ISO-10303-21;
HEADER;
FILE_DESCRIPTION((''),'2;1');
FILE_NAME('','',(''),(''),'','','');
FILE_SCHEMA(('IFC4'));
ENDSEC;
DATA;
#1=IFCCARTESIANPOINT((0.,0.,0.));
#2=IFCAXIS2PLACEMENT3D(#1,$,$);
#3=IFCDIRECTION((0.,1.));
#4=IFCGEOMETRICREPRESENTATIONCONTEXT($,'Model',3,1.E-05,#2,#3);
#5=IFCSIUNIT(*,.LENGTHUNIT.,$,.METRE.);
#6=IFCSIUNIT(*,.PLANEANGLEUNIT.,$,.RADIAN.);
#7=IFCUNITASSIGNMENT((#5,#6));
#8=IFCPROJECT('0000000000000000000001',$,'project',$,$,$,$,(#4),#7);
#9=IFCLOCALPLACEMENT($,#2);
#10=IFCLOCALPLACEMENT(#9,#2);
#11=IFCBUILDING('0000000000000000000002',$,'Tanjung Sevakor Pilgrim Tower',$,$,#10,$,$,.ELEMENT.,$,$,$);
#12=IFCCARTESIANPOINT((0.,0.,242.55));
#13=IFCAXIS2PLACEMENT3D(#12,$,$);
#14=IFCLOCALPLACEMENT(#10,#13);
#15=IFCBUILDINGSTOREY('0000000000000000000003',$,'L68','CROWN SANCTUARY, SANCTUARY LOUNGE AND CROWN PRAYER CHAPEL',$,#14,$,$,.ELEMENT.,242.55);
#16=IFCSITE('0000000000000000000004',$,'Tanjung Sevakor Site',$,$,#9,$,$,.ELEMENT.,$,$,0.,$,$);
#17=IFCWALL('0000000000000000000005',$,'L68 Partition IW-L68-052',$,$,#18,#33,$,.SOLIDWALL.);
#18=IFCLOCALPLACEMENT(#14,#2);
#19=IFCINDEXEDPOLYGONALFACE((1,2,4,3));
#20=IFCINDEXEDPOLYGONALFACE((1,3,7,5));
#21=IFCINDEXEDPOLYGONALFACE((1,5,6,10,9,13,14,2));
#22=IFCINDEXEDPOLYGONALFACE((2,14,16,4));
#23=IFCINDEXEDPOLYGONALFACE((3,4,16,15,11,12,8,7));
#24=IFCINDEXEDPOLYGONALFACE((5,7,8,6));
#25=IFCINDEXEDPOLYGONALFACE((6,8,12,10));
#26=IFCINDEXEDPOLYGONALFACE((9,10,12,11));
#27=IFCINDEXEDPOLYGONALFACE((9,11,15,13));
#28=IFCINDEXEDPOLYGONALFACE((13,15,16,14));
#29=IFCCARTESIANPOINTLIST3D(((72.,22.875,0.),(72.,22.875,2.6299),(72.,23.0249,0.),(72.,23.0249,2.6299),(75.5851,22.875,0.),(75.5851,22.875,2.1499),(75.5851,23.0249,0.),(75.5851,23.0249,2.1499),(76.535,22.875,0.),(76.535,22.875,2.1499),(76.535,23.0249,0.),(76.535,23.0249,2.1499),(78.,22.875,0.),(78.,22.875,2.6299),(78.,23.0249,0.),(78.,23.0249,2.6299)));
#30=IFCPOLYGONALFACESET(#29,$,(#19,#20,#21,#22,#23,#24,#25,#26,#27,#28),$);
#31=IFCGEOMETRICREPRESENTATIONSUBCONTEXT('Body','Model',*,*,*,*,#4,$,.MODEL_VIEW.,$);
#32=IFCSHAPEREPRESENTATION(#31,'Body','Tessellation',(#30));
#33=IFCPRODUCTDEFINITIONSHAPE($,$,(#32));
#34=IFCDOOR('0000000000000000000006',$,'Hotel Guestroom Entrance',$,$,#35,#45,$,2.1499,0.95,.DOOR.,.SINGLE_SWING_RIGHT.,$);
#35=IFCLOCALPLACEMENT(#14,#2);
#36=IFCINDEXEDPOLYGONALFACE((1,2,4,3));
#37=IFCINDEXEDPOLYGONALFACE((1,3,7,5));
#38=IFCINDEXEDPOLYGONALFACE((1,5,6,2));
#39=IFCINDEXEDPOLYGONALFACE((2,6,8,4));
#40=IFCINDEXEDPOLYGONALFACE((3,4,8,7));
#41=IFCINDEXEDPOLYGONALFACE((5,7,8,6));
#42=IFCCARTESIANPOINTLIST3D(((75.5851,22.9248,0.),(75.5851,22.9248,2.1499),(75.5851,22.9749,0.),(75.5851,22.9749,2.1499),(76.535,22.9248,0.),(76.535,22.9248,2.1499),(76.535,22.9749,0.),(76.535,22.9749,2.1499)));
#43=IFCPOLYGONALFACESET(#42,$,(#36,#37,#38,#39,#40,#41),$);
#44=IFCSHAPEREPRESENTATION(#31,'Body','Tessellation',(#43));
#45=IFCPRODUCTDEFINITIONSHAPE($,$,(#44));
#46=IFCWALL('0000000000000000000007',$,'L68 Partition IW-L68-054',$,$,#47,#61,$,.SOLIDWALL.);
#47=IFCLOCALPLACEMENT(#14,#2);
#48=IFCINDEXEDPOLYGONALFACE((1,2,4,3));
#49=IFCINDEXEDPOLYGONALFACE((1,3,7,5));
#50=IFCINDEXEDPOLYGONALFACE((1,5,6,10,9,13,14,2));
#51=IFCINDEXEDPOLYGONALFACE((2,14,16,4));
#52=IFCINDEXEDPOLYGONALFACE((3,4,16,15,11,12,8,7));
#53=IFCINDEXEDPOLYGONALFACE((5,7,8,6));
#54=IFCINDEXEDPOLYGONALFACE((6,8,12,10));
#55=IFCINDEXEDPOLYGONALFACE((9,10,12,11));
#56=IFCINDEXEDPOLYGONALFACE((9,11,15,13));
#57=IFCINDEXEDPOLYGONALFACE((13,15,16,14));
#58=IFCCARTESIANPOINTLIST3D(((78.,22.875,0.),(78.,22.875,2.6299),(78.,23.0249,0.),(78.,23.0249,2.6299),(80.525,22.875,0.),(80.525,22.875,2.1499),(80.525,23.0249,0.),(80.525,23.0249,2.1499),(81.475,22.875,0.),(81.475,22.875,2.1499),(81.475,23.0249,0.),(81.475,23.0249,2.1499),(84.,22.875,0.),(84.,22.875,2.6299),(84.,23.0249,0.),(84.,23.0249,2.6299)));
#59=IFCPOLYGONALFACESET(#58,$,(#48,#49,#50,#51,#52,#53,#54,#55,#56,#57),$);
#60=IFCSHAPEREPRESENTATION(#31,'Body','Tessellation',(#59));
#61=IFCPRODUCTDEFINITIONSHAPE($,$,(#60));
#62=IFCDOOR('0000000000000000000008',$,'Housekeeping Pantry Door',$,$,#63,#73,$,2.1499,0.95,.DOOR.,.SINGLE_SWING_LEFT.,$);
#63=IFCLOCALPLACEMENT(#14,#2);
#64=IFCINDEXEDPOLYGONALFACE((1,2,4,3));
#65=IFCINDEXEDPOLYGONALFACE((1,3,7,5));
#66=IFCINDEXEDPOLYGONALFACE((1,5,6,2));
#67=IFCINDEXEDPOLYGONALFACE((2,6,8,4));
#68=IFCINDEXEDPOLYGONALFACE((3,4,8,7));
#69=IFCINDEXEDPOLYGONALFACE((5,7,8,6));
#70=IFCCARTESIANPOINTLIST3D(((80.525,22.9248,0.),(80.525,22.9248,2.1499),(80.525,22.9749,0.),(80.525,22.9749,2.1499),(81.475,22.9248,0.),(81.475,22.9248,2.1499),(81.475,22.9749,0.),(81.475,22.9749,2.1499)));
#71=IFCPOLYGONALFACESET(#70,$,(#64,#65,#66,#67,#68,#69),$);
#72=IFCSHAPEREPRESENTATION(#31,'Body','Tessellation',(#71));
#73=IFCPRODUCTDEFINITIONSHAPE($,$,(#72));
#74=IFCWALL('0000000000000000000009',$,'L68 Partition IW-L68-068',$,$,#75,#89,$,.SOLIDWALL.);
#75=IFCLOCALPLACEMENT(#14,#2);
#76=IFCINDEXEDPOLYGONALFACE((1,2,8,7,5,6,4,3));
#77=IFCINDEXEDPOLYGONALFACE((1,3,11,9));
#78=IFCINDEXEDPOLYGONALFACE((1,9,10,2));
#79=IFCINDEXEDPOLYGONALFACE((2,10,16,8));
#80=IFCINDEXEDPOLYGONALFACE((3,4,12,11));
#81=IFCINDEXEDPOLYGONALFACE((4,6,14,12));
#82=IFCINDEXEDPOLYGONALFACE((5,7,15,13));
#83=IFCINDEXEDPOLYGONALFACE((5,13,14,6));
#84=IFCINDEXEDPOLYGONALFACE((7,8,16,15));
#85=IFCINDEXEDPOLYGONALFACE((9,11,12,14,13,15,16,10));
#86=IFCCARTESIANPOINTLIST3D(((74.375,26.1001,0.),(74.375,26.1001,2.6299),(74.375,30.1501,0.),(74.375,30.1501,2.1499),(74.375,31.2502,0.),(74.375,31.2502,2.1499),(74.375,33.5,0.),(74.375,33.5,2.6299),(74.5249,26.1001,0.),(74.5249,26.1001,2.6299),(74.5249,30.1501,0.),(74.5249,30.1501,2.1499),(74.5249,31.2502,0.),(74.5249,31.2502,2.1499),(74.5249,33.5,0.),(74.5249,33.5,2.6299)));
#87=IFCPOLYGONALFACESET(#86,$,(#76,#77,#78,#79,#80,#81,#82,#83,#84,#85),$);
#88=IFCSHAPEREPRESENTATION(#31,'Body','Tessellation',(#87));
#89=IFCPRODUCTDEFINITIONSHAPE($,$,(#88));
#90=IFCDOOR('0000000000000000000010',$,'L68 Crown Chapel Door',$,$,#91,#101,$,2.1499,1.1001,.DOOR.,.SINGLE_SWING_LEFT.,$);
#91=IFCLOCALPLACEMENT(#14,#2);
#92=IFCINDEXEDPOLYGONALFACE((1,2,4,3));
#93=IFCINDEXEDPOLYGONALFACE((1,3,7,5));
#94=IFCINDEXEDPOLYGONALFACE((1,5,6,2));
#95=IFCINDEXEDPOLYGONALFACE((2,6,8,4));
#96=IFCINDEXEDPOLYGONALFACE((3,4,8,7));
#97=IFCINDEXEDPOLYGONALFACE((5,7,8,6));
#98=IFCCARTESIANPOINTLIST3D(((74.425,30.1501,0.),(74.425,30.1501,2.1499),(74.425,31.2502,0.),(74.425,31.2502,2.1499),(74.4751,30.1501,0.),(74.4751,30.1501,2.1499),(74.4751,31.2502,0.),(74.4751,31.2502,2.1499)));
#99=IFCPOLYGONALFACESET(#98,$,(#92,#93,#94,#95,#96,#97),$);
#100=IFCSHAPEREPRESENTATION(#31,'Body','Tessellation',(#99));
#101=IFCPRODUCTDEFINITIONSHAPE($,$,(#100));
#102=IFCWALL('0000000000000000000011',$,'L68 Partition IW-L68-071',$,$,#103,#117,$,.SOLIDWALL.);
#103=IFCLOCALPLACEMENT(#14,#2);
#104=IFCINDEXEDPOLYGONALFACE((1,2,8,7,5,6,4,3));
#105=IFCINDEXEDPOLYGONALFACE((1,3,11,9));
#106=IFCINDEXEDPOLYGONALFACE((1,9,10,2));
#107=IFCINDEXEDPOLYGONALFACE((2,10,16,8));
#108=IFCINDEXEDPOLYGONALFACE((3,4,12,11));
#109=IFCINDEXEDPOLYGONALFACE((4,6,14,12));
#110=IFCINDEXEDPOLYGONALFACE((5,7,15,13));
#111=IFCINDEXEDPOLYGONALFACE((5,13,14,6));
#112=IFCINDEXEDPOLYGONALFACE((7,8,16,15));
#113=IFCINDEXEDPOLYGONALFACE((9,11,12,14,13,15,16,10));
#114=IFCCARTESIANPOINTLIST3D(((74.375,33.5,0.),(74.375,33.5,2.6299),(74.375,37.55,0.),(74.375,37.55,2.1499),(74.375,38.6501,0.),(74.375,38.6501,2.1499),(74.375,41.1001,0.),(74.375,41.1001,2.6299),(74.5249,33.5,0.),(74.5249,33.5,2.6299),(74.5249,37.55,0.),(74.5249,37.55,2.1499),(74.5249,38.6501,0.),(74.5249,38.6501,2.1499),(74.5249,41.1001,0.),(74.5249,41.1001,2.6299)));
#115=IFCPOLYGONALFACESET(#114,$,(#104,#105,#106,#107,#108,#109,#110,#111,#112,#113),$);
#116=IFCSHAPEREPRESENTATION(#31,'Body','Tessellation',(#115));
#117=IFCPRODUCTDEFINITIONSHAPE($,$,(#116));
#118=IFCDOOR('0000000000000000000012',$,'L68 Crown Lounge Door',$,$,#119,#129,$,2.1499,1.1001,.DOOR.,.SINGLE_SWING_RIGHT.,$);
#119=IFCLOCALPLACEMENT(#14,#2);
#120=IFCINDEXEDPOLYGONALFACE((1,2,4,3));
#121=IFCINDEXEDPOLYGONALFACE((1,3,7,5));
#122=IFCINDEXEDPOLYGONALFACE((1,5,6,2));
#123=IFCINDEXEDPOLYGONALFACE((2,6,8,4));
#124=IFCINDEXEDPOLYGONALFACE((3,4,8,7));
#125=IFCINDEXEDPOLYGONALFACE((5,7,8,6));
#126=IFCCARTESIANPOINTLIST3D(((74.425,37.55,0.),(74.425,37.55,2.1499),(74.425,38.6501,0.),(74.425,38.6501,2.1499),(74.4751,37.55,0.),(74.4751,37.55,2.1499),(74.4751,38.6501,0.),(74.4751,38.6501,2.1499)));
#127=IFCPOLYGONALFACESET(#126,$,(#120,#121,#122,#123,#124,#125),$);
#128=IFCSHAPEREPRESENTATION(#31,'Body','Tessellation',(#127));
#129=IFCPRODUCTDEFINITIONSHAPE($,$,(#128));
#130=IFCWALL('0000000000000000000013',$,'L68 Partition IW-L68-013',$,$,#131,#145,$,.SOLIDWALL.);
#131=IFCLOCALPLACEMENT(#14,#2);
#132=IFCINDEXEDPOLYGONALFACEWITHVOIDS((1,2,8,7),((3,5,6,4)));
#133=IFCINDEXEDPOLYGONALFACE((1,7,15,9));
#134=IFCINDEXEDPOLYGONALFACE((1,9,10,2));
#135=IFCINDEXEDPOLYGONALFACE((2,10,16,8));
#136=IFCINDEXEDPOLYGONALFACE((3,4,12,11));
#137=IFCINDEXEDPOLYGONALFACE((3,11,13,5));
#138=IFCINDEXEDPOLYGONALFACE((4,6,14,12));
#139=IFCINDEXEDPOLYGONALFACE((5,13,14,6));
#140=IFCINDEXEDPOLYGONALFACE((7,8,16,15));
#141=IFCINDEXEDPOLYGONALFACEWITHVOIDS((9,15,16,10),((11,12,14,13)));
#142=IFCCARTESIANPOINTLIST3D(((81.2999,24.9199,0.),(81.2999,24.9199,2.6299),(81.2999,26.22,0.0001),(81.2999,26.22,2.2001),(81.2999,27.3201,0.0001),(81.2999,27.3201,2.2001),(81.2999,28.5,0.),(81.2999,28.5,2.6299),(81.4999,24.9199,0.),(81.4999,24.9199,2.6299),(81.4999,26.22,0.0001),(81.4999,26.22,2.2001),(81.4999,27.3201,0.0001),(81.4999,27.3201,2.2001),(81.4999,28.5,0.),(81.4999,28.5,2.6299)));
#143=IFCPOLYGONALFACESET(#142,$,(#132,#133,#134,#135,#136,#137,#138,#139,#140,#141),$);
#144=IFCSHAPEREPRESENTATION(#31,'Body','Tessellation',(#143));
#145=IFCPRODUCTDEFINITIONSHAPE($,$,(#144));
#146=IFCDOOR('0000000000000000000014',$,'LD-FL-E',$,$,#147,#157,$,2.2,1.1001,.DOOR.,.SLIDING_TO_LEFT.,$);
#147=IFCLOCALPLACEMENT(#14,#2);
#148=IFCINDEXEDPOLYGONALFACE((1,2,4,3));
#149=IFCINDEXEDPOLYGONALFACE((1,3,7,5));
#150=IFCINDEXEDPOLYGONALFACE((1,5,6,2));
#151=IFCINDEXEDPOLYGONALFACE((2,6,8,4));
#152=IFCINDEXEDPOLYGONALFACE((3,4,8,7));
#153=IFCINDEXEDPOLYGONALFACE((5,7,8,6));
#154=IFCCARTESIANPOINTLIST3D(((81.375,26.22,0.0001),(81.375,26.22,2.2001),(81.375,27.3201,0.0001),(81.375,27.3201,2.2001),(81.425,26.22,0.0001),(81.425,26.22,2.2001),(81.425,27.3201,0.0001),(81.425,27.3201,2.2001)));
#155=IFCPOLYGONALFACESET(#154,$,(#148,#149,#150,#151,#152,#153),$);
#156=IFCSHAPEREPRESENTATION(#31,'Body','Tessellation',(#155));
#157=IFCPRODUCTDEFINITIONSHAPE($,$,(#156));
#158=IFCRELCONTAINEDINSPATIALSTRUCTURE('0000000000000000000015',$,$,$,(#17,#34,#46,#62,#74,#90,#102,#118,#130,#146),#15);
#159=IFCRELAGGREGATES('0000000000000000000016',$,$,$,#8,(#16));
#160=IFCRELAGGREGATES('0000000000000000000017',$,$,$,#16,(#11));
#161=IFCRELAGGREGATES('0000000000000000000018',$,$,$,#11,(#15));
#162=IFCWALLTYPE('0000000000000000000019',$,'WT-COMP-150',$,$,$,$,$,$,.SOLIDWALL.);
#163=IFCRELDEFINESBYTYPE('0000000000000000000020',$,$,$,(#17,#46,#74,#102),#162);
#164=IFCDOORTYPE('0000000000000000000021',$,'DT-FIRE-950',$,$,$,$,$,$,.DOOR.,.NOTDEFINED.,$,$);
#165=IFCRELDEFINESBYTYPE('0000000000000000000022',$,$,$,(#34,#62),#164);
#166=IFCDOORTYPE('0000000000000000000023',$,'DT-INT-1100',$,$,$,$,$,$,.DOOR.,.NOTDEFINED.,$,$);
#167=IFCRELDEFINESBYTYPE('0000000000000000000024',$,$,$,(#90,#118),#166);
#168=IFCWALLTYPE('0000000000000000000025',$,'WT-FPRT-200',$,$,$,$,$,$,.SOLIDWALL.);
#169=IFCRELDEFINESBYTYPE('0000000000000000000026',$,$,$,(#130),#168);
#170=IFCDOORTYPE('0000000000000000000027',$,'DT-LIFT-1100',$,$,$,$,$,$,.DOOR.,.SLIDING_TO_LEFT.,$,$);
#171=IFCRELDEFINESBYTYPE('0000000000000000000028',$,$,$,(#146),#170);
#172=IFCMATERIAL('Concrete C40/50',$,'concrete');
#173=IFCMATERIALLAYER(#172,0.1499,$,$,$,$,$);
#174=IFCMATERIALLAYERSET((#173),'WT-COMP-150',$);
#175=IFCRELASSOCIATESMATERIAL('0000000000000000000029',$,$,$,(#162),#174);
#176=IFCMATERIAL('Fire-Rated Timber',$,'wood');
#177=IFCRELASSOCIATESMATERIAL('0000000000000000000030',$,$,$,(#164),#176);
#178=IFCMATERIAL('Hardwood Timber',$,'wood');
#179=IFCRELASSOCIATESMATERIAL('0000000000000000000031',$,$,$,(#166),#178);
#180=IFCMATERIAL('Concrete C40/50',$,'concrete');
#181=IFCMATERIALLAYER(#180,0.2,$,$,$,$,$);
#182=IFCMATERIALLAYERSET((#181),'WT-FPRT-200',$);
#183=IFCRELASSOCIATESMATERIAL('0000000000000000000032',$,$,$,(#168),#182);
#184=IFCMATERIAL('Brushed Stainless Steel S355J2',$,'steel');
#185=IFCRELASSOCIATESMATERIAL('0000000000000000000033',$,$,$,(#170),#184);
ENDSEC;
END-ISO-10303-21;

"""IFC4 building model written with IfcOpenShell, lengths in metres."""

from ifc_helpers import new_model, si_unit, direction, frame, frame_2d, origin, place, context, subcontext, project, spatial, rectangle, extrude, material, layer, layer_set, type_object, element, fill, save


model = new_model("IFC4")

# Units and contexts
model_context = context("Model", 3, precision=1e-05, world=origin(), true_north=direction((0.0, 1.0)))
body_context = subcontext(model_context, "Body", "Model", "MODEL_VIEW")
ifc_project = project(units=[si_unit("LENGTHUNIT", "METRE"), si_unit("PLANEANGLEUNIT", "RADIAN")], contexts=[model_context])

# Site, building, storey
site_placement = place(None, origin())
site = spatial("IfcSite", under=ifc_project, at=site_placement, Name="Tanjung Sevakor Site", CompositionType="ELEMENT", RefElevation=0.0)
building_placement = place(site_placement, origin())
building = spatial("IfcBuilding", under=site, at=building_placement, Name="Tanjung Sevakor Pilgrim Tower", CompositionType="ELEMENT")
storey_placement = place(building_placement, frame((0.0, 0.0, 242.55)))
storey = spatial("IfcBuildingStorey", under=building, at=storey_placement, Name="L68", Description="CROWN SANCTUARY, SANCTUARY LOUNGE AND CROWN PRAYER CHAPEL", CompositionType="ELEMENT", Elevation=242.55)

# Walls, openings, doors
ifc_material_1 = material(Name="Concrete C40/50", Category="concrete")
ifc_layer_1 = layer(ifc_material_1, 0.1499)
ifc_layer_set_1 = layer_set([ifc_layer_1], Name="WT-COMP-150")
wall_type_1 = type_object("IfcWallType", Name="WT-COMP-150", PredefinedType="SOLIDWALL", material=ifc_layer_set_1)
ifc_material_2 = material(Name="Fire-Rated Timber", Category="wood")
door_type_1 = type_object("IfcDoorType", Name="DT-FIRE-950", OperationType="NOTDEFINED", PredefinedType="DOOR", material=ifc_material_2)
wall_1_placement = place(storey_placement, frame((72.0, 22.95, 0.0), z_axis=(0.0, 0.0, 1.0), x_axis=(1.0, 0.0, 0.0)))
wall_1 = element("IfcWall", 1, at=wall_1_placement, inside=storey, type_object=wall_type_1, Name="L68 Partition IW-L68-052", PredefinedType="SOLIDWALL", context=body_context, shape_type="SweptSolid", body=[
    extrude(rectangle(XDim=6.0, YDim=0.1499, at=frame_2d((3.0, 0.0))), origin(), (0.0, 0.0, 1.0), 2.6299),
])
opening_1_placement = place(wall_1_placement, frame((3.585, 0.0, 0.0)))
opening_1 = element("IfcOpeningElement", 2, at=opening_1_placement, cuts=wall_1, PredefinedType="OPENING", context=body_context, shape_type="SweptSolid", body=[
    extrude(rectangle(XDim=0.95, YDim=2.1499, at=frame_2d((0.4751, 1.075))), frame((0.0, 0.085, 0.0), z_axis=(0.0, -1.0, 0.0), x_axis=(1.0, 0.0, 0.0)), (0.0, 0.0, 1.0), 0.1699),
])
door_1_placement = place(opening_1_placement, origin())
door_1 = element("IfcDoor", 3, at=door_1_placement, inside=storey, type_object=door_type_1, Name="Hotel Guestroom Entrance", OperationType="SINGLE_SWING_RIGHT", OverallHeight=2.1499, OverallWidth=0.95, PredefinedType="DOOR", context=body_context, shape_type="SweptSolid", body=[
    extrude(rectangle(XDim=0.95, YDim=2.1499, at=frame_2d((0.4751, 1.075))), frame((0.0, 0.0249, 0.0), z_axis=(0.0, -1.0, 0.0), x_axis=(1.0, 0.0, 0.0)), (0.0, 0.0, 1.0), 0.05),
])
fill(opening_1, door_1)
wall_2_placement = place(storey_placement, frame((78.0, 22.95, 0.0), z_axis=(0.0, 0.0, 1.0), x_axis=(1.0, 0.0, 0.0)))
wall_2 = element("IfcWall", 4, at=wall_2_placement, inside=storey, type_object=wall_type_1, Name="L68 Partition IW-L68-054", PredefinedType="SOLIDWALL", context=body_context, shape_type="SweptSolid", body=[
    extrude(rectangle(XDim=6.0, YDim=0.1499, at=frame_2d((3.0, 0.0))), origin(), (0.0, 0.0, 1.0), 2.6299),
])
opening_2_placement = place(wall_2_placement, frame((2.5249, 0.0, 0.0)))
opening_2 = element("IfcOpeningElement", 5, at=opening_2_placement, cuts=wall_2, PredefinedType="OPENING", context=body_context, shape_type="SweptSolid", body=[
    extrude(rectangle(XDim=0.95, YDim=2.1499, at=frame_2d((0.4751, 1.075))), frame((0.0, 0.085, 0.0), z_axis=(0.0, -1.0, 0.0), x_axis=(1.0, 0.0, 0.0)), (0.0, 0.0, 1.0), 0.1699),
])
door_2_placement = place(opening_2_placement, origin())
door_2 = element("IfcDoor", 6, at=door_2_placement, inside=storey, type_object=door_type_1, Name="Housekeeping Pantry Door", OperationType="SINGLE_SWING_LEFT", OverallHeight=2.1499, OverallWidth=0.95, PredefinedType="DOOR", context=body_context, shape_type="SweptSolid", body=[
    extrude(rectangle(XDim=0.95, YDim=2.1499, at=frame_2d((0.4751, 1.075))), frame((0.0, 0.0249, 0.0), z_axis=(0.0, -1.0, 0.0), x_axis=(1.0, 0.0, 0.0)), (0.0, 0.0, 1.0), 0.05),
])
fill(opening_2, door_2)
wall_3_placement = place(storey_placement, frame((74.45, 26.1001, 0.0), z_axis=(0.0, 0.0, 1.0), x_axis=(0.0, 1.0, 0.0)))
wall_3 = element("IfcWall", 7, at=wall_3_placement, inside=storey, type_object=wall_type_1, Name="L68 Partition IW-L68-068", PredefinedType="SOLIDWALL", context=body_context, shape_type="SweptSolid", body=[
    extrude(rectangle(XDim=7.3999, YDim=0.1499, at=frame_2d((3.7, 0.0))), origin(), (0.0, 0.0, 1.0), 2.6299),
])
opening_3_placement = place(wall_3_placement, frame((4.05, 0.0, 0.0)))
opening_3 = element("IfcOpeningElement", 8, at=opening_3_placement, cuts=wall_3, PredefinedType="OPENING", context=body_context, shape_type="SweptSolid", body=[
    extrude(rectangle(XDim=1.1001, YDim=2.1499, at=frame_2d((0.55, 1.075))), frame((0.0, 0.085, 0.0), z_axis=(0.0, -1.0, 0.0), x_axis=(1.0, 0.0, 0.0)), (0.0, 0.0, 1.0), 0.1699),
])
ifc_material_3 = material(Name="Hardwood Timber", Category="wood")
door_type_2 = type_object("IfcDoorType", Name="DT-INT-1100", OperationType="NOTDEFINED", PredefinedType="DOOR", material=ifc_material_3)
door_3_placement = place(opening_3_placement, origin())
door_3 = element("IfcDoor", 9, at=door_3_placement, inside=storey, type_object=door_type_2, Name="L68 Crown Chapel Door", OperationType="SINGLE_SWING_LEFT", OverallHeight=2.1499, OverallWidth=1.1001, PredefinedType="DOOR", context=body_context, shape_type="SweptSolid", body=[
    extrude(rectangle(XDim=1.1001, YDim=2.1499, at=frame_2d((0.55, 1.075))), frame((0.0, 0.0249, 0.0), z_axis=(0.0, -1.0, 0.0), x_axis=(1.0, 0.0, 0.0)), (0.0, 0.0, 1.0), 0.05),
])
fill(opening_3, door_3)
wall_4_placement = place(storey_placement, frame((74.45, 33.5, 0.0), z_axis=(0.0, 0.0, 1.0), x_axis=(0.0, 1.0, 0.0)))
wall_4 = element("IfcWall", 10, at=wall_4_placement, inside=storey, type_object=wall_type_1, Name="L68 Partition IW-L68-071", PredefinedType="SOLIDWALL", context=body_context, shape_type="SweptSolid", body=[
    extrude(rectangle(XDim=7.6001, YDim=0.1499, at=frame_2d((3.8, 0.0))), origin(), (0.0, 0.0, 1.0), 2.6299),
])
opening_4_placement = place(wall_4_placement, frame((4.05, 0.0, 0.0)))
opening_4 = element("IfcOpeningElement", 11, at=opening_4_placement, cuts=wall_4, PredefinedType="OPENING", context=body_context, shape_type="SweptSolid", body=[
    extrude(rectangle(XDim=1.1001, YDim=2.1499, at=frame_2d((0.55, 1.075))), frame((0.0, 0.085, 0.0), z_axis=(0.0, -1.0, 0.0), x_axis=(1.0, 0.0, 0.0)), (0.0, 0.0, 1.0), 0.1699),
])
door_4_placement = place(opening_4_placement, origin())
door_4 = element("IfcDoor", 12, at=door_4_placement, inside=storey, type_object=door_type_2, Name="L68 Crown Lounge Door", OperationType="SINGLE_SWING_RIGHT", OverallHeight=2.1499, OverallWidth=1.1001, PredefinedType="DOOR", context=body_context, shape_type="SweptSolid", body=[
    extrude(rectangle(XDim=1.1001, YDim=2.1499, at=frame_2d((0.55, 1.075))), frame((0.0, 0.0249, 0.0), z_axis=(0.0, -1.0, 0.0), x_axis=(1.0, 0.0, 0.0)), (0.0, 0.0, 1.0), 0.05),
])
fill(opening_4, door_4)
ifc_material_4 = material(Name="Concrete C40/50", Category="concrete")
ifc_layer_2 = layer(ifc_material_4, 0.2)
ifc_layer_set_2 = layer_set([ifc_layer_2], Name="WT-FPRT-200")
wall_type_2 = type_object("IfcWallType", Name="WT-FPRT-200", PredefinedType="SOLIDWALL", material=ifc_layer_set_2)
wall_5_placement = place(storey_placement, frame((81.3999, 24.9199, 0.0), z_axis=(0.0, 0.0, 1.0), x_axis=(0.0, 1.0, 0.0)))
wall_5 = element("IfcWall", 13, at=wall_5_placement, inside=storey, type_object=wall_type_2, Name="L68 Partition IW-L68-013", PredefinedType="SOLIDWALL", context=body_context, shape_type="SweptSolid", body=[
    extrude(rectangle(XDim=3.5801, YDim=0.2, at=frame_2d((1.79, 0.0))), origin(), (0.0, 0.0, 1.0), 2.6299),
])
opening_5_placement = place(wall_5_placement, frame((1.3, 0.0, 0.0)))
opening_5 = element("IfcOpeningElement", 14, at=opening_5_placement, cuts=wall_5, PredefinedType="OPENING", context=body_context, shape_type="SweptSolid", body=[
    extrude(rectangle(XDim=1.1001, YDim=2.2, at=frame_2d((0.55, 1.1001))), frame((0.0, 0.1099, 0.0), z_axis=(0.0, -1.0, 0.0), x_axis=(1.0, 0.0, 0.0)), (0.0, 0.0, 1.0), 0.22),
])
ifc_material_5 = material(Name="Brushed Stainless Steel S355J2", Category="steel")
door_type_3 = type_object("IfcDoorType", Name="DT-LIFT-1100", OperationType="SLIDING_TO_LEFT", PredefinedType="DOOR", material=ifc_material_5)
door_5_placement = place(opening_5_placement, origin())
door_5 = element("IfcDoor", 15, at=door_5_placement, inside=storey, type_object=door_type_3, Name="LD-FL-E", OperationType="SLIDING_TO_LEFT", OverallHeight=2.2, OverallWidth=1.1001, PredefinedType="DOOR", context=body_context, shape_type="SweptSolid", body=[
    extrude(rectangle(XDim=1.1001, YDim=2.2, at=frame_2d((0.55, 1.1001))), frame((0.0, 0.0249, 0.0), z_axis=(0.0, -1.0, 0.0), x_axis=(1.0, 0.0, 0.0)), (0.0, 0.0, 1.0), 0.05),
])
fill(opening_5, door_5)

save(model, "model.ifc")
